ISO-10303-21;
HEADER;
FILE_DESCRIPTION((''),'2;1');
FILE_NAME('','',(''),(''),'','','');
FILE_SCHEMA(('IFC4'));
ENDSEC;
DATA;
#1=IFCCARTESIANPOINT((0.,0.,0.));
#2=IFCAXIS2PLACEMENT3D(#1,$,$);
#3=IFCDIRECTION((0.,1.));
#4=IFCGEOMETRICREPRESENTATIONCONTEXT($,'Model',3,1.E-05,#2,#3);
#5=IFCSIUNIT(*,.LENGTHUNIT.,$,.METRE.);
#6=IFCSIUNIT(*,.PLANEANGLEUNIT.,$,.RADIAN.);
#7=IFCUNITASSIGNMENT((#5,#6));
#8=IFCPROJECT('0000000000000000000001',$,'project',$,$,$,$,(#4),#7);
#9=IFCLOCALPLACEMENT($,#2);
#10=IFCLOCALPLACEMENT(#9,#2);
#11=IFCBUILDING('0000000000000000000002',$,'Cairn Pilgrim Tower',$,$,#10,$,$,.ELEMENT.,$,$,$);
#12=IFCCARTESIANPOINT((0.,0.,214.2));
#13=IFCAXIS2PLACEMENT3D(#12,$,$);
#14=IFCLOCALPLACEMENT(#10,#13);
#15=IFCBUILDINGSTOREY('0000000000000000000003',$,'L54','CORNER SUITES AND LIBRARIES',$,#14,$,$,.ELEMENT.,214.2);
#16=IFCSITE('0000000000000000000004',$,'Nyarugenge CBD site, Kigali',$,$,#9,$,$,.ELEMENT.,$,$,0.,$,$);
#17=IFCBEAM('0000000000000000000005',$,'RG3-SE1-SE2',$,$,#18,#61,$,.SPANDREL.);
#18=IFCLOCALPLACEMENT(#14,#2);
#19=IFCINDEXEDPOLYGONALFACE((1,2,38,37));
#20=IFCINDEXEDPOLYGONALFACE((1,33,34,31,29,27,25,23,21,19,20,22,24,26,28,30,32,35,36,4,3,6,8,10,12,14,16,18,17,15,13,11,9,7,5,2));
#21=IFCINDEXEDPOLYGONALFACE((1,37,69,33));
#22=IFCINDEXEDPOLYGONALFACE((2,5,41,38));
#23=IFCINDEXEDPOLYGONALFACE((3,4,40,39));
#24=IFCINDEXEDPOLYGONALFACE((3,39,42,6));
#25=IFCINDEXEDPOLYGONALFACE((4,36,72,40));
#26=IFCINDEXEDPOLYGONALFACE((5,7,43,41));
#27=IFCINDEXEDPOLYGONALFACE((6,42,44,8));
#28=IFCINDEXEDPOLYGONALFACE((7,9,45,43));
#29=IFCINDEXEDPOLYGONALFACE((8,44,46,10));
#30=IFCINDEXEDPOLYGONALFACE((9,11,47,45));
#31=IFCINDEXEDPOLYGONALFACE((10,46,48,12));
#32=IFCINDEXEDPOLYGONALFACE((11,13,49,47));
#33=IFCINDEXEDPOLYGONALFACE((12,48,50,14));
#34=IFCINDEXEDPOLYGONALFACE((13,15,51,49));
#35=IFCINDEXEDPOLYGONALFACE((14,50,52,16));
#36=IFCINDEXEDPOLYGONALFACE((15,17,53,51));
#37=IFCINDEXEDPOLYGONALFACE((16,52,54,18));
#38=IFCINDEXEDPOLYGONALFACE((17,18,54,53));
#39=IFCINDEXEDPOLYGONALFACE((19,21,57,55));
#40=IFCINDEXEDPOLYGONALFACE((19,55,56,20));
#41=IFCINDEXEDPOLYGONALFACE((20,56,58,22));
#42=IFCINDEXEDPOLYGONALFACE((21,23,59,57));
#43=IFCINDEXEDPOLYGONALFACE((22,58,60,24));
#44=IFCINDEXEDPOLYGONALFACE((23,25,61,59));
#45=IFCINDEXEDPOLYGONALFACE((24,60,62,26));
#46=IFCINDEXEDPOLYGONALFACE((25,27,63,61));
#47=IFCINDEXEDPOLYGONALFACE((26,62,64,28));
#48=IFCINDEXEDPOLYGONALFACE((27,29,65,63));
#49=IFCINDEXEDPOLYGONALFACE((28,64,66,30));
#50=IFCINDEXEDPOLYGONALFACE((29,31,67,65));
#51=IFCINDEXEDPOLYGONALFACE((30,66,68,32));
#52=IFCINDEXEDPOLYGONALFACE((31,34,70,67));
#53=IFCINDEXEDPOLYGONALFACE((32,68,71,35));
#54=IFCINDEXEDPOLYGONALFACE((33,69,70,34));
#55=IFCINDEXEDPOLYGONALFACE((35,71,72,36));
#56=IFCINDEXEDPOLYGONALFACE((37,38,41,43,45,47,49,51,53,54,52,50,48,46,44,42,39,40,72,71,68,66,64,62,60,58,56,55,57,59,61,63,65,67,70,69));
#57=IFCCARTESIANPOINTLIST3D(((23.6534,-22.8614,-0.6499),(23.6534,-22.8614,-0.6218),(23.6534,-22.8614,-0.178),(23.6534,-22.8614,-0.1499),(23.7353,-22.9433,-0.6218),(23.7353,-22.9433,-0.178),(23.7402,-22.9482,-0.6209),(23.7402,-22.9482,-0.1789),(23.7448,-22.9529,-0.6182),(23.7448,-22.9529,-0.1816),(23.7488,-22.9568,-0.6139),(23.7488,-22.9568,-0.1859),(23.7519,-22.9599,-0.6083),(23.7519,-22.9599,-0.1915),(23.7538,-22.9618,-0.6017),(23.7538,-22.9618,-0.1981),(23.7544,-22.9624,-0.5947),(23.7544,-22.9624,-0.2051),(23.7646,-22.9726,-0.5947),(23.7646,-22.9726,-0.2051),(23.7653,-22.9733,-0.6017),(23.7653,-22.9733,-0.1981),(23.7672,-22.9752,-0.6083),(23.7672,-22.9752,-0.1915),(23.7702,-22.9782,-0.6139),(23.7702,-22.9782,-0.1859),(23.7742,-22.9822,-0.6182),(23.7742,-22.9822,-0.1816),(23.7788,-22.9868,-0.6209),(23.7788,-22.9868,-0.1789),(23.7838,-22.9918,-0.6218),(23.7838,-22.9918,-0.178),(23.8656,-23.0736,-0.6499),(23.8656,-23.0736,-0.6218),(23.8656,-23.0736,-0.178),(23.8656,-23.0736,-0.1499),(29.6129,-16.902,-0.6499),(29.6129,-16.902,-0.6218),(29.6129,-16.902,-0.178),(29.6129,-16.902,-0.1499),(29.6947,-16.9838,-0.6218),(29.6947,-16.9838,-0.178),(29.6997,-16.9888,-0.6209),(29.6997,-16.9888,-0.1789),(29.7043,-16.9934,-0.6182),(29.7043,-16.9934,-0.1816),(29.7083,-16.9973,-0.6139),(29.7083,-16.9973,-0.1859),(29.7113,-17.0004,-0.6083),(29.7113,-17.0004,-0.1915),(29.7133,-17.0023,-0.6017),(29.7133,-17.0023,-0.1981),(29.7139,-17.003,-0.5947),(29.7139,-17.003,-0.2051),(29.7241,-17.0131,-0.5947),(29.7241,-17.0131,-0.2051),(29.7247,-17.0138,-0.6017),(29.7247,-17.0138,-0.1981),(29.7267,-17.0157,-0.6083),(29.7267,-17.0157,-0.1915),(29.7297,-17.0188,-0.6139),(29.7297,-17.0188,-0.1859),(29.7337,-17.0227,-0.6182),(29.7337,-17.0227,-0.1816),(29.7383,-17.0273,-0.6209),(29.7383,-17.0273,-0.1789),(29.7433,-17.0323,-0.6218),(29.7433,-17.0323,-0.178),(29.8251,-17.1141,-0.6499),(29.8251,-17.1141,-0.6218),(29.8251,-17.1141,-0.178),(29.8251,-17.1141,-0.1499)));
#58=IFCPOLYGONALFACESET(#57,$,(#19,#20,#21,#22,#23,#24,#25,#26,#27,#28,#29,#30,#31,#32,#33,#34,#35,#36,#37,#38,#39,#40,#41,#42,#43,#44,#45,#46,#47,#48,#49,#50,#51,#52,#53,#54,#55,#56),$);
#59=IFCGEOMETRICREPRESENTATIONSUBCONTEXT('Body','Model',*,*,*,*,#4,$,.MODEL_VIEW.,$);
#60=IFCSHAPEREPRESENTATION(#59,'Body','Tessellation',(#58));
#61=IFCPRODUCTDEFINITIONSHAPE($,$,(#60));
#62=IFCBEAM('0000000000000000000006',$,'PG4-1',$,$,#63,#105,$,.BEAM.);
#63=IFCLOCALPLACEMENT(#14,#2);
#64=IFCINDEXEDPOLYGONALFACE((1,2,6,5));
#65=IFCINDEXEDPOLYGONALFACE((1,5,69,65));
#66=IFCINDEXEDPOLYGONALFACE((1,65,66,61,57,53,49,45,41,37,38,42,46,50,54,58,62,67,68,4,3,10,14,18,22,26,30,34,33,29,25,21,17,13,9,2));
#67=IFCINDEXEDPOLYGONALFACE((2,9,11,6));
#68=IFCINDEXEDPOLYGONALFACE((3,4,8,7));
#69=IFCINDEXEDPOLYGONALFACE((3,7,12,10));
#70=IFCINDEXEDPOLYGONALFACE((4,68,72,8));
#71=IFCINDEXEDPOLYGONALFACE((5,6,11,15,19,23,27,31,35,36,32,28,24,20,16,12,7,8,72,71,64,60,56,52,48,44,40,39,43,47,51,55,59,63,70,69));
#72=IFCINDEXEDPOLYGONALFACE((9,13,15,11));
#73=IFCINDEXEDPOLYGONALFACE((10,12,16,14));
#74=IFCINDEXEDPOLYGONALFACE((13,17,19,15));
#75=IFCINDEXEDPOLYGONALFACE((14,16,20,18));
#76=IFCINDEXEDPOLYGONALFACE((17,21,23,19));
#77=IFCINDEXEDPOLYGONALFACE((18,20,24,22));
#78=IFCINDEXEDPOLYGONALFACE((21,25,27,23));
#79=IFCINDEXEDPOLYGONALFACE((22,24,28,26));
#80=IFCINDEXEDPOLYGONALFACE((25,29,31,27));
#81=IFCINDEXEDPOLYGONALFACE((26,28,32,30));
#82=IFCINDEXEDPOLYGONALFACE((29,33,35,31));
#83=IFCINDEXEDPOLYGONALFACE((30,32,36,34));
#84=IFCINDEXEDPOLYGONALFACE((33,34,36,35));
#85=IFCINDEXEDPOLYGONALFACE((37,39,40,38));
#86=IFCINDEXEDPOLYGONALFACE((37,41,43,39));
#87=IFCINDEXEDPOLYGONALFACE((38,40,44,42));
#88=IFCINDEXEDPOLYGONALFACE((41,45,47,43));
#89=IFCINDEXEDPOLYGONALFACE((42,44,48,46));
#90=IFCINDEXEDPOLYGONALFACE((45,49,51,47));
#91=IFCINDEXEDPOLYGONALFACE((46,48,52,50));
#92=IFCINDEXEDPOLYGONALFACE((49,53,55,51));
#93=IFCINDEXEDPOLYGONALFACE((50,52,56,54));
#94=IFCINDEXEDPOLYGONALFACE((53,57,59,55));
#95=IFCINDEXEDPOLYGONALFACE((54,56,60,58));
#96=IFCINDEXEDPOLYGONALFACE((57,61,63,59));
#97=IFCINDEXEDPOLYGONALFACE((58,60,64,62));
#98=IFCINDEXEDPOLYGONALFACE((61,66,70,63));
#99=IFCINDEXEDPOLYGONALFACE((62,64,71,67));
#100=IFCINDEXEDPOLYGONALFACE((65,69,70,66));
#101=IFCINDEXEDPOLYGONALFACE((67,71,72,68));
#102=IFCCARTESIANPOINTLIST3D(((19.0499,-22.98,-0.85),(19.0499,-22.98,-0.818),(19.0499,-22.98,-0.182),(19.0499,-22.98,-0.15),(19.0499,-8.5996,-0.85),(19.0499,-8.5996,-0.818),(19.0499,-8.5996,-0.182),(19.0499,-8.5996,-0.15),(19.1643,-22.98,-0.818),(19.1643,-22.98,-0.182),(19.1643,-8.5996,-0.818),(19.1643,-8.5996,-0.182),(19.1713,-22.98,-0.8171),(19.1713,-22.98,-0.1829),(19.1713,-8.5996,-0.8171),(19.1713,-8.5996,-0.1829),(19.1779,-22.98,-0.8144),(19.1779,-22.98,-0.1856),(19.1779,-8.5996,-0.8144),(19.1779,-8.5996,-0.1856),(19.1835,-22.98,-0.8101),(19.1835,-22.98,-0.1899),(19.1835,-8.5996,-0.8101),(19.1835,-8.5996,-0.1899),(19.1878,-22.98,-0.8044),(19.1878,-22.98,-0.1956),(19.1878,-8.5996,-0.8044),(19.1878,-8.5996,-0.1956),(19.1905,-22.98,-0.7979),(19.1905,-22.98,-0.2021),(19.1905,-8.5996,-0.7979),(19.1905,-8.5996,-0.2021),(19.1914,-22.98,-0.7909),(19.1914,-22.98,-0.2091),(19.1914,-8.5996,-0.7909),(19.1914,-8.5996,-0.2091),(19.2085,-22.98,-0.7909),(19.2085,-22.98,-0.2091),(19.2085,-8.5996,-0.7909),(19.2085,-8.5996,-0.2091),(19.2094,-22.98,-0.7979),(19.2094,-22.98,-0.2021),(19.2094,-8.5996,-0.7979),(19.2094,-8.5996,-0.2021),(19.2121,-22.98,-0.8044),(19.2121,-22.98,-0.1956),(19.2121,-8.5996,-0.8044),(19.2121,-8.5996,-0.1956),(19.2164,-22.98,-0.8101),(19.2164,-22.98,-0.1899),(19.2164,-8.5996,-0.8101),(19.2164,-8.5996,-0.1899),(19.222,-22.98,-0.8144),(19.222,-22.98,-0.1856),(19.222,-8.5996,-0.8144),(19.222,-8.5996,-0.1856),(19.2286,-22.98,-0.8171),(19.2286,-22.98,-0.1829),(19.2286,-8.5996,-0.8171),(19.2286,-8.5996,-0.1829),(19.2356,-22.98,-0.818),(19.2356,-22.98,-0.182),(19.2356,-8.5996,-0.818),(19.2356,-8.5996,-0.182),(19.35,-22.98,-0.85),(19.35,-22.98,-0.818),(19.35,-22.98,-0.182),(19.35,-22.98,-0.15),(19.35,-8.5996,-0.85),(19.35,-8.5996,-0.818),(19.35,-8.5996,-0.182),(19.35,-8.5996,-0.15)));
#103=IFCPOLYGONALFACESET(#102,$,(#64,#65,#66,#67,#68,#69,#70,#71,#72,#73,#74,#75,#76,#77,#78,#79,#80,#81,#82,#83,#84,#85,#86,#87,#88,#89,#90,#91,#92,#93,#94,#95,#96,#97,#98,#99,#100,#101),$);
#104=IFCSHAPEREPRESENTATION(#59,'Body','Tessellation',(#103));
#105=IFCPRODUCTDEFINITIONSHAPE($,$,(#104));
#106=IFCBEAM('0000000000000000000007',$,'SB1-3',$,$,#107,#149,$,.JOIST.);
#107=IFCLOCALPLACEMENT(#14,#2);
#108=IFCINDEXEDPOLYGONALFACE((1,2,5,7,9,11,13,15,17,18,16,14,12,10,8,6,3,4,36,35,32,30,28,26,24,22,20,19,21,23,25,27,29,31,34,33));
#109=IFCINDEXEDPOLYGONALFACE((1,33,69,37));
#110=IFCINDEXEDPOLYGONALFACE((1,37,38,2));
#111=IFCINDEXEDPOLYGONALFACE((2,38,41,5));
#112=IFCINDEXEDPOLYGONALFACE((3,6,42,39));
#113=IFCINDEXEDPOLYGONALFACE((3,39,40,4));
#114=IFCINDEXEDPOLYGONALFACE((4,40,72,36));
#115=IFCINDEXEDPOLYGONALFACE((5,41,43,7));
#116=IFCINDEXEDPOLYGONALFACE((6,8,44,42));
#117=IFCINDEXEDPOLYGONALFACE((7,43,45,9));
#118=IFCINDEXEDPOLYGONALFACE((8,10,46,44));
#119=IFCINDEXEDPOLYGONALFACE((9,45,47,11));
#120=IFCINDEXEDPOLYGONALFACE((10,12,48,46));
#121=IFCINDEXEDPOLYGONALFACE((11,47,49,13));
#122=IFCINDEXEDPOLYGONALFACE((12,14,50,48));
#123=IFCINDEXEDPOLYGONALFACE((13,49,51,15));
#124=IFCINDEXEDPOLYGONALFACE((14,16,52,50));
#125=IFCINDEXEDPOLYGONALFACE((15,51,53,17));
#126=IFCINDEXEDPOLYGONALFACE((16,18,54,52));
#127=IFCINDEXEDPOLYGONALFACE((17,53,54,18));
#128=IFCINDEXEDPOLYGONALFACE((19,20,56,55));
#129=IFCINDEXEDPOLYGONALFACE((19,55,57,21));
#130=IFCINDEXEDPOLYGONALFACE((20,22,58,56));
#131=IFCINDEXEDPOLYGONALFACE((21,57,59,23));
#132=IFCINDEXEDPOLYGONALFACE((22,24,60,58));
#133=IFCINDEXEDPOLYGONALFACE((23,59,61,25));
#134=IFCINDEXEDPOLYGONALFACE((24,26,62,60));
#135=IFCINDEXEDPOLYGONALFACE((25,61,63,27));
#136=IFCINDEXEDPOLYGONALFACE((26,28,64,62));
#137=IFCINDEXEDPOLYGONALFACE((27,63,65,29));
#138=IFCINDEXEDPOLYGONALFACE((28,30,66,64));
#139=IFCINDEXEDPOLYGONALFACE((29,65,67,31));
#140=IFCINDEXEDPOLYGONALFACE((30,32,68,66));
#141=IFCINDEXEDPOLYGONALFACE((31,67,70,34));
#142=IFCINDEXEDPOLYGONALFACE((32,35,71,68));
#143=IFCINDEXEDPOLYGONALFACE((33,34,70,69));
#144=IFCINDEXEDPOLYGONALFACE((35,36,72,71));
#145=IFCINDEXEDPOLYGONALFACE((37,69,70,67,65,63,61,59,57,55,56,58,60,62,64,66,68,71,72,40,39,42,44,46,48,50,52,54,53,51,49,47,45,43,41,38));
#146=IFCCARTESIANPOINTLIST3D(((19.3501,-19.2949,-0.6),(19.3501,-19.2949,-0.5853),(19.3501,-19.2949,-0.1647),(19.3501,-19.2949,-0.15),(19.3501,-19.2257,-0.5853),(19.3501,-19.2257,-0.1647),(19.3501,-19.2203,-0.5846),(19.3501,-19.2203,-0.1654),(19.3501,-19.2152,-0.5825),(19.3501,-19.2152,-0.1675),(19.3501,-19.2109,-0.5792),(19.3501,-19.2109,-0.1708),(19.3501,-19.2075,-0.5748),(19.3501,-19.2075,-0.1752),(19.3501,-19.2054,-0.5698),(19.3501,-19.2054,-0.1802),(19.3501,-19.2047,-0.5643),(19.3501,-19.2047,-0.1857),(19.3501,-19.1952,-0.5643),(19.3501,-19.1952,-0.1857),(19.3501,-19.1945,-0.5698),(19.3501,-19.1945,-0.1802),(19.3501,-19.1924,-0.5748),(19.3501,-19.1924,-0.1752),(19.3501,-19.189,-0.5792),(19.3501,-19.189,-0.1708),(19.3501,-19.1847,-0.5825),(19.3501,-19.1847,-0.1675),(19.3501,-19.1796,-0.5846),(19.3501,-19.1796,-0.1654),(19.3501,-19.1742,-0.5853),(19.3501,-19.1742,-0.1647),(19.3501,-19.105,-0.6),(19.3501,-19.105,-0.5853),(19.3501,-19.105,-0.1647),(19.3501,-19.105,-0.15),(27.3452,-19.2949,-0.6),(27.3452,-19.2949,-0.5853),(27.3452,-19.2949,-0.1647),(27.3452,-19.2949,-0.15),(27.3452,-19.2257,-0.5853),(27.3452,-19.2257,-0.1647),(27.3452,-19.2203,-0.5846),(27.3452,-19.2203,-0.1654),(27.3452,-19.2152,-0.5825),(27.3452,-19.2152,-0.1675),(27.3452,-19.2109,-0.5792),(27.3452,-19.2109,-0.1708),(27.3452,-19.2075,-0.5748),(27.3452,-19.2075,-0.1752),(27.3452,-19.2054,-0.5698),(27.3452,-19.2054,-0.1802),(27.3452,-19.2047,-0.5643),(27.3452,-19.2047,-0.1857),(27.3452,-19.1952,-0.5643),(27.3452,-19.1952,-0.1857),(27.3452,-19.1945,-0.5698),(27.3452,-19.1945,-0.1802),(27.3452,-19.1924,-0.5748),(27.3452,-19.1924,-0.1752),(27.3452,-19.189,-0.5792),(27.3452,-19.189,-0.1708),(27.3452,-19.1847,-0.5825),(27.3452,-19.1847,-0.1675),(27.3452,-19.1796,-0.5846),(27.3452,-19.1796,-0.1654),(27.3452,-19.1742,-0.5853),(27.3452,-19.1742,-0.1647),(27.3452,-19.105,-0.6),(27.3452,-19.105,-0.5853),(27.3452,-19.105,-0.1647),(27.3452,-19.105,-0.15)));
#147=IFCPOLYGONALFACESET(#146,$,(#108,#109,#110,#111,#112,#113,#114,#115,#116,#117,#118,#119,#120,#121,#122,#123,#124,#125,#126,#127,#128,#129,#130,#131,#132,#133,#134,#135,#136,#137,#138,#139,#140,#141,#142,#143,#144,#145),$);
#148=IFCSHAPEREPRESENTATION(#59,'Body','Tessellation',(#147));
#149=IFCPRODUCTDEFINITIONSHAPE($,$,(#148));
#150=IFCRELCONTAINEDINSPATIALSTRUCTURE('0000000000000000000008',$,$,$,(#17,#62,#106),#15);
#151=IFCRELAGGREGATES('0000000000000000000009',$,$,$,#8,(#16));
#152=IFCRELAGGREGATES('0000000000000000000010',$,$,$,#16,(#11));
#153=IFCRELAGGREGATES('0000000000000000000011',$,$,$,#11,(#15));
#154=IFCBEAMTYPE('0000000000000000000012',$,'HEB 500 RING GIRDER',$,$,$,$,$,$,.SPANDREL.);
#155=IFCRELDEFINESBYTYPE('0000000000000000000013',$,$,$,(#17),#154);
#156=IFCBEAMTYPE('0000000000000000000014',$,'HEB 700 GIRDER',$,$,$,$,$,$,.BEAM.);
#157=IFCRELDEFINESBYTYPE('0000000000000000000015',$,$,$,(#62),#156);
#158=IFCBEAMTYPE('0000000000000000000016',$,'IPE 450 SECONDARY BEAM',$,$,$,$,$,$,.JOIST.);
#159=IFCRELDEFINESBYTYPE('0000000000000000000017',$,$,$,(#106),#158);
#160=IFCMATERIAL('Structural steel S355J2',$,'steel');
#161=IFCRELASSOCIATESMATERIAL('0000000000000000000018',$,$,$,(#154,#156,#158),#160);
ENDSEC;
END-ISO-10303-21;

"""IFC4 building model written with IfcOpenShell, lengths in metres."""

from ifc_helpers import new_model, si_unit, direction, frame, origin, origin_2d, place, context, subcontext, project, spatial, i_section, extrude, material, material_profile, profile_set, type_object, element, save


model = new_model("IFC4")

# Units and contexts
model_context = context("Model", 3, precision=1e-05, world=origin(), true_north=direction((0.0, 1.0)))
body_context = subcontext(model_context, "Body", "Model", "MODEL_VIEW")
ifc_project = project(units=[si_unit("LENGTHUNIT", "METRE"), si_unit("PLANEANGLEUNIT", "RADIAN")], contexts=[model_context])

# Site, building, storey
site_placement = place(None, origin())
site = spatial("IfcSite", under=ifc_project, at=site_placement, Name="Nyarugenge CBD site, Kigali", CompositionType="ELEMENT", RefElevation=0.0)
building_placement = place(site_placement, origin())
building = spatial("IfcBuilding", under=site, at=building_placement, Name="Cairn Pilgrim Tower", CompositionType="ELEMENT")
storey_placement = place(building_placement, frame((0.0, 0.0, 214.2)))
storey = spatial("IfcBuildingStorey", under=building, at=storey_placement, Name="L54", Description="CORNER SUITES AND LIBRARIES", CompositionType="ELEMENT", Elevation=214.2)

# Beams
ifc_material_1 = material(Name="Structural steel S355J2", Category="steel")
ifc_material_profile_1 = material_profile(ifc_material_1, i_section(OverallWidth=0.3, OverallDepth=0.5, WebThickness=0.0144, FlangeThickness=0.0281, FilletRadius=0.0271, at=origin_2d()), Name="HEB 500")
ifc_profile_set_1 = profile_set([ifc_material_profile_1], Name="Structural steel S355J2")
beam_type_1 = type_object("IfcBeamType", Name="HEB 500 RING GIRDER", PredefinedType="SPANDREL", material=ifc_profile_set_1)
beam_1_placement = place(storey_placement, frame((23.7595, -22.9675, -0.3999), z_axis=(0.707107, 0.707107, 0.0), x_axis=(-0.707107, 0.707107, 0.0)))
element("IfcBeam", 1, at=beam_1_placement, inside=storey, type_object=beam_type_1, Name="RG3-SE1-SE2", PredefinedType="SPANDREL", context=body_context, shape_type="SweptSolid", body=[
    extrude(i_section(OverallWidth=0.3, OverallDepth=0.5, WebThickness=0.0144, FlangeThickness=0.0281, FilletRadius=0.0271, at=origin_2d()), origin(), (0.0, 0.0, 1.0), 8.428),
])
ifc_material_profile_2 = material_profile(ifc_material_1, i_section(OverallWidth=0.3, OverallDepth=0.7, WebThickness=0.0171, FlangeThickness=0.032, FilletRadius=0.0271, at=origin_2d()), Name="HEB 700")
ifc_profile_set_2 = profile_set([ifc_material_profile_2], Name="Structural steel S355J2")
beam_type_2 = type_object("IfcBeamType", Name="HEB 700 GIRDER", PredefinedType="BEAM", material=ifc_profile_set_2)
beam_2_placement = place(storey_placement, frame((19.2, -22.98, -0.5), z_axis=(0.0, 1.0, 0.0), x_axis=(-1.0, 0.0, 0.0)))
element("IfcBeam", 2, at=beam_2_placement, inside=storey, type_object=beam_type_2, Name="PG4-1", PredefinedType="BEAM", context=body_context, shape_type="SweptSolid", body=[
    extrude(i_section(OverallWidth=0.3, OverallDepth=0.7, WebThickness=0.0171, FlangeThickness=0.032, FilletRadius=0.0271, at=origin_2d()), origin(), (0.0, 0.0, 1.0), 14.3804),
])
ifc_material_profile_3 = material_profile(ifc_material_1, i_section(OverallWidth=0.1899, OverallDepth=0.45, WebThickness=0.0095, FlangeThickness=0.0146, FilletRadius=0.021, at=origin_2d()), Name="IPE 450")
ifc_profile_set_3 = profile_set([ifc_material_profile_3], Name="Structural steel S355J2")
beam_type_3 = type_object("IfcBeamType", Name="IPE 450 SECONDARY BEAM", PredefinedType="JOIST", material=ifc_profile_set_3)
beam_3_placement = place(storey_placement, frame((19.3501, -19.2, -0.375), z_axis=(1.0, 0.0, 0.0), x_axis=(0.0, 1.0, 0.0)))
element("IfcBeam", 3, at=beam_3_placement, inside=storey, type_object=beam_type_3, Name="SB1-3", PredefinedType="JOIST", context=body_context, shape_type="SweptSolid", body=[
    extrude(i_section(OverallWidth=0.1899, OverallDepth=0.45, WebThickness=0.0095, FlangeThickness=0.0146, FilletRadius=0.021, at=origin_2d()), origin(), (0.0, 0.0, 1.0), 7.9951),
])

save(model, "model.ifc")
